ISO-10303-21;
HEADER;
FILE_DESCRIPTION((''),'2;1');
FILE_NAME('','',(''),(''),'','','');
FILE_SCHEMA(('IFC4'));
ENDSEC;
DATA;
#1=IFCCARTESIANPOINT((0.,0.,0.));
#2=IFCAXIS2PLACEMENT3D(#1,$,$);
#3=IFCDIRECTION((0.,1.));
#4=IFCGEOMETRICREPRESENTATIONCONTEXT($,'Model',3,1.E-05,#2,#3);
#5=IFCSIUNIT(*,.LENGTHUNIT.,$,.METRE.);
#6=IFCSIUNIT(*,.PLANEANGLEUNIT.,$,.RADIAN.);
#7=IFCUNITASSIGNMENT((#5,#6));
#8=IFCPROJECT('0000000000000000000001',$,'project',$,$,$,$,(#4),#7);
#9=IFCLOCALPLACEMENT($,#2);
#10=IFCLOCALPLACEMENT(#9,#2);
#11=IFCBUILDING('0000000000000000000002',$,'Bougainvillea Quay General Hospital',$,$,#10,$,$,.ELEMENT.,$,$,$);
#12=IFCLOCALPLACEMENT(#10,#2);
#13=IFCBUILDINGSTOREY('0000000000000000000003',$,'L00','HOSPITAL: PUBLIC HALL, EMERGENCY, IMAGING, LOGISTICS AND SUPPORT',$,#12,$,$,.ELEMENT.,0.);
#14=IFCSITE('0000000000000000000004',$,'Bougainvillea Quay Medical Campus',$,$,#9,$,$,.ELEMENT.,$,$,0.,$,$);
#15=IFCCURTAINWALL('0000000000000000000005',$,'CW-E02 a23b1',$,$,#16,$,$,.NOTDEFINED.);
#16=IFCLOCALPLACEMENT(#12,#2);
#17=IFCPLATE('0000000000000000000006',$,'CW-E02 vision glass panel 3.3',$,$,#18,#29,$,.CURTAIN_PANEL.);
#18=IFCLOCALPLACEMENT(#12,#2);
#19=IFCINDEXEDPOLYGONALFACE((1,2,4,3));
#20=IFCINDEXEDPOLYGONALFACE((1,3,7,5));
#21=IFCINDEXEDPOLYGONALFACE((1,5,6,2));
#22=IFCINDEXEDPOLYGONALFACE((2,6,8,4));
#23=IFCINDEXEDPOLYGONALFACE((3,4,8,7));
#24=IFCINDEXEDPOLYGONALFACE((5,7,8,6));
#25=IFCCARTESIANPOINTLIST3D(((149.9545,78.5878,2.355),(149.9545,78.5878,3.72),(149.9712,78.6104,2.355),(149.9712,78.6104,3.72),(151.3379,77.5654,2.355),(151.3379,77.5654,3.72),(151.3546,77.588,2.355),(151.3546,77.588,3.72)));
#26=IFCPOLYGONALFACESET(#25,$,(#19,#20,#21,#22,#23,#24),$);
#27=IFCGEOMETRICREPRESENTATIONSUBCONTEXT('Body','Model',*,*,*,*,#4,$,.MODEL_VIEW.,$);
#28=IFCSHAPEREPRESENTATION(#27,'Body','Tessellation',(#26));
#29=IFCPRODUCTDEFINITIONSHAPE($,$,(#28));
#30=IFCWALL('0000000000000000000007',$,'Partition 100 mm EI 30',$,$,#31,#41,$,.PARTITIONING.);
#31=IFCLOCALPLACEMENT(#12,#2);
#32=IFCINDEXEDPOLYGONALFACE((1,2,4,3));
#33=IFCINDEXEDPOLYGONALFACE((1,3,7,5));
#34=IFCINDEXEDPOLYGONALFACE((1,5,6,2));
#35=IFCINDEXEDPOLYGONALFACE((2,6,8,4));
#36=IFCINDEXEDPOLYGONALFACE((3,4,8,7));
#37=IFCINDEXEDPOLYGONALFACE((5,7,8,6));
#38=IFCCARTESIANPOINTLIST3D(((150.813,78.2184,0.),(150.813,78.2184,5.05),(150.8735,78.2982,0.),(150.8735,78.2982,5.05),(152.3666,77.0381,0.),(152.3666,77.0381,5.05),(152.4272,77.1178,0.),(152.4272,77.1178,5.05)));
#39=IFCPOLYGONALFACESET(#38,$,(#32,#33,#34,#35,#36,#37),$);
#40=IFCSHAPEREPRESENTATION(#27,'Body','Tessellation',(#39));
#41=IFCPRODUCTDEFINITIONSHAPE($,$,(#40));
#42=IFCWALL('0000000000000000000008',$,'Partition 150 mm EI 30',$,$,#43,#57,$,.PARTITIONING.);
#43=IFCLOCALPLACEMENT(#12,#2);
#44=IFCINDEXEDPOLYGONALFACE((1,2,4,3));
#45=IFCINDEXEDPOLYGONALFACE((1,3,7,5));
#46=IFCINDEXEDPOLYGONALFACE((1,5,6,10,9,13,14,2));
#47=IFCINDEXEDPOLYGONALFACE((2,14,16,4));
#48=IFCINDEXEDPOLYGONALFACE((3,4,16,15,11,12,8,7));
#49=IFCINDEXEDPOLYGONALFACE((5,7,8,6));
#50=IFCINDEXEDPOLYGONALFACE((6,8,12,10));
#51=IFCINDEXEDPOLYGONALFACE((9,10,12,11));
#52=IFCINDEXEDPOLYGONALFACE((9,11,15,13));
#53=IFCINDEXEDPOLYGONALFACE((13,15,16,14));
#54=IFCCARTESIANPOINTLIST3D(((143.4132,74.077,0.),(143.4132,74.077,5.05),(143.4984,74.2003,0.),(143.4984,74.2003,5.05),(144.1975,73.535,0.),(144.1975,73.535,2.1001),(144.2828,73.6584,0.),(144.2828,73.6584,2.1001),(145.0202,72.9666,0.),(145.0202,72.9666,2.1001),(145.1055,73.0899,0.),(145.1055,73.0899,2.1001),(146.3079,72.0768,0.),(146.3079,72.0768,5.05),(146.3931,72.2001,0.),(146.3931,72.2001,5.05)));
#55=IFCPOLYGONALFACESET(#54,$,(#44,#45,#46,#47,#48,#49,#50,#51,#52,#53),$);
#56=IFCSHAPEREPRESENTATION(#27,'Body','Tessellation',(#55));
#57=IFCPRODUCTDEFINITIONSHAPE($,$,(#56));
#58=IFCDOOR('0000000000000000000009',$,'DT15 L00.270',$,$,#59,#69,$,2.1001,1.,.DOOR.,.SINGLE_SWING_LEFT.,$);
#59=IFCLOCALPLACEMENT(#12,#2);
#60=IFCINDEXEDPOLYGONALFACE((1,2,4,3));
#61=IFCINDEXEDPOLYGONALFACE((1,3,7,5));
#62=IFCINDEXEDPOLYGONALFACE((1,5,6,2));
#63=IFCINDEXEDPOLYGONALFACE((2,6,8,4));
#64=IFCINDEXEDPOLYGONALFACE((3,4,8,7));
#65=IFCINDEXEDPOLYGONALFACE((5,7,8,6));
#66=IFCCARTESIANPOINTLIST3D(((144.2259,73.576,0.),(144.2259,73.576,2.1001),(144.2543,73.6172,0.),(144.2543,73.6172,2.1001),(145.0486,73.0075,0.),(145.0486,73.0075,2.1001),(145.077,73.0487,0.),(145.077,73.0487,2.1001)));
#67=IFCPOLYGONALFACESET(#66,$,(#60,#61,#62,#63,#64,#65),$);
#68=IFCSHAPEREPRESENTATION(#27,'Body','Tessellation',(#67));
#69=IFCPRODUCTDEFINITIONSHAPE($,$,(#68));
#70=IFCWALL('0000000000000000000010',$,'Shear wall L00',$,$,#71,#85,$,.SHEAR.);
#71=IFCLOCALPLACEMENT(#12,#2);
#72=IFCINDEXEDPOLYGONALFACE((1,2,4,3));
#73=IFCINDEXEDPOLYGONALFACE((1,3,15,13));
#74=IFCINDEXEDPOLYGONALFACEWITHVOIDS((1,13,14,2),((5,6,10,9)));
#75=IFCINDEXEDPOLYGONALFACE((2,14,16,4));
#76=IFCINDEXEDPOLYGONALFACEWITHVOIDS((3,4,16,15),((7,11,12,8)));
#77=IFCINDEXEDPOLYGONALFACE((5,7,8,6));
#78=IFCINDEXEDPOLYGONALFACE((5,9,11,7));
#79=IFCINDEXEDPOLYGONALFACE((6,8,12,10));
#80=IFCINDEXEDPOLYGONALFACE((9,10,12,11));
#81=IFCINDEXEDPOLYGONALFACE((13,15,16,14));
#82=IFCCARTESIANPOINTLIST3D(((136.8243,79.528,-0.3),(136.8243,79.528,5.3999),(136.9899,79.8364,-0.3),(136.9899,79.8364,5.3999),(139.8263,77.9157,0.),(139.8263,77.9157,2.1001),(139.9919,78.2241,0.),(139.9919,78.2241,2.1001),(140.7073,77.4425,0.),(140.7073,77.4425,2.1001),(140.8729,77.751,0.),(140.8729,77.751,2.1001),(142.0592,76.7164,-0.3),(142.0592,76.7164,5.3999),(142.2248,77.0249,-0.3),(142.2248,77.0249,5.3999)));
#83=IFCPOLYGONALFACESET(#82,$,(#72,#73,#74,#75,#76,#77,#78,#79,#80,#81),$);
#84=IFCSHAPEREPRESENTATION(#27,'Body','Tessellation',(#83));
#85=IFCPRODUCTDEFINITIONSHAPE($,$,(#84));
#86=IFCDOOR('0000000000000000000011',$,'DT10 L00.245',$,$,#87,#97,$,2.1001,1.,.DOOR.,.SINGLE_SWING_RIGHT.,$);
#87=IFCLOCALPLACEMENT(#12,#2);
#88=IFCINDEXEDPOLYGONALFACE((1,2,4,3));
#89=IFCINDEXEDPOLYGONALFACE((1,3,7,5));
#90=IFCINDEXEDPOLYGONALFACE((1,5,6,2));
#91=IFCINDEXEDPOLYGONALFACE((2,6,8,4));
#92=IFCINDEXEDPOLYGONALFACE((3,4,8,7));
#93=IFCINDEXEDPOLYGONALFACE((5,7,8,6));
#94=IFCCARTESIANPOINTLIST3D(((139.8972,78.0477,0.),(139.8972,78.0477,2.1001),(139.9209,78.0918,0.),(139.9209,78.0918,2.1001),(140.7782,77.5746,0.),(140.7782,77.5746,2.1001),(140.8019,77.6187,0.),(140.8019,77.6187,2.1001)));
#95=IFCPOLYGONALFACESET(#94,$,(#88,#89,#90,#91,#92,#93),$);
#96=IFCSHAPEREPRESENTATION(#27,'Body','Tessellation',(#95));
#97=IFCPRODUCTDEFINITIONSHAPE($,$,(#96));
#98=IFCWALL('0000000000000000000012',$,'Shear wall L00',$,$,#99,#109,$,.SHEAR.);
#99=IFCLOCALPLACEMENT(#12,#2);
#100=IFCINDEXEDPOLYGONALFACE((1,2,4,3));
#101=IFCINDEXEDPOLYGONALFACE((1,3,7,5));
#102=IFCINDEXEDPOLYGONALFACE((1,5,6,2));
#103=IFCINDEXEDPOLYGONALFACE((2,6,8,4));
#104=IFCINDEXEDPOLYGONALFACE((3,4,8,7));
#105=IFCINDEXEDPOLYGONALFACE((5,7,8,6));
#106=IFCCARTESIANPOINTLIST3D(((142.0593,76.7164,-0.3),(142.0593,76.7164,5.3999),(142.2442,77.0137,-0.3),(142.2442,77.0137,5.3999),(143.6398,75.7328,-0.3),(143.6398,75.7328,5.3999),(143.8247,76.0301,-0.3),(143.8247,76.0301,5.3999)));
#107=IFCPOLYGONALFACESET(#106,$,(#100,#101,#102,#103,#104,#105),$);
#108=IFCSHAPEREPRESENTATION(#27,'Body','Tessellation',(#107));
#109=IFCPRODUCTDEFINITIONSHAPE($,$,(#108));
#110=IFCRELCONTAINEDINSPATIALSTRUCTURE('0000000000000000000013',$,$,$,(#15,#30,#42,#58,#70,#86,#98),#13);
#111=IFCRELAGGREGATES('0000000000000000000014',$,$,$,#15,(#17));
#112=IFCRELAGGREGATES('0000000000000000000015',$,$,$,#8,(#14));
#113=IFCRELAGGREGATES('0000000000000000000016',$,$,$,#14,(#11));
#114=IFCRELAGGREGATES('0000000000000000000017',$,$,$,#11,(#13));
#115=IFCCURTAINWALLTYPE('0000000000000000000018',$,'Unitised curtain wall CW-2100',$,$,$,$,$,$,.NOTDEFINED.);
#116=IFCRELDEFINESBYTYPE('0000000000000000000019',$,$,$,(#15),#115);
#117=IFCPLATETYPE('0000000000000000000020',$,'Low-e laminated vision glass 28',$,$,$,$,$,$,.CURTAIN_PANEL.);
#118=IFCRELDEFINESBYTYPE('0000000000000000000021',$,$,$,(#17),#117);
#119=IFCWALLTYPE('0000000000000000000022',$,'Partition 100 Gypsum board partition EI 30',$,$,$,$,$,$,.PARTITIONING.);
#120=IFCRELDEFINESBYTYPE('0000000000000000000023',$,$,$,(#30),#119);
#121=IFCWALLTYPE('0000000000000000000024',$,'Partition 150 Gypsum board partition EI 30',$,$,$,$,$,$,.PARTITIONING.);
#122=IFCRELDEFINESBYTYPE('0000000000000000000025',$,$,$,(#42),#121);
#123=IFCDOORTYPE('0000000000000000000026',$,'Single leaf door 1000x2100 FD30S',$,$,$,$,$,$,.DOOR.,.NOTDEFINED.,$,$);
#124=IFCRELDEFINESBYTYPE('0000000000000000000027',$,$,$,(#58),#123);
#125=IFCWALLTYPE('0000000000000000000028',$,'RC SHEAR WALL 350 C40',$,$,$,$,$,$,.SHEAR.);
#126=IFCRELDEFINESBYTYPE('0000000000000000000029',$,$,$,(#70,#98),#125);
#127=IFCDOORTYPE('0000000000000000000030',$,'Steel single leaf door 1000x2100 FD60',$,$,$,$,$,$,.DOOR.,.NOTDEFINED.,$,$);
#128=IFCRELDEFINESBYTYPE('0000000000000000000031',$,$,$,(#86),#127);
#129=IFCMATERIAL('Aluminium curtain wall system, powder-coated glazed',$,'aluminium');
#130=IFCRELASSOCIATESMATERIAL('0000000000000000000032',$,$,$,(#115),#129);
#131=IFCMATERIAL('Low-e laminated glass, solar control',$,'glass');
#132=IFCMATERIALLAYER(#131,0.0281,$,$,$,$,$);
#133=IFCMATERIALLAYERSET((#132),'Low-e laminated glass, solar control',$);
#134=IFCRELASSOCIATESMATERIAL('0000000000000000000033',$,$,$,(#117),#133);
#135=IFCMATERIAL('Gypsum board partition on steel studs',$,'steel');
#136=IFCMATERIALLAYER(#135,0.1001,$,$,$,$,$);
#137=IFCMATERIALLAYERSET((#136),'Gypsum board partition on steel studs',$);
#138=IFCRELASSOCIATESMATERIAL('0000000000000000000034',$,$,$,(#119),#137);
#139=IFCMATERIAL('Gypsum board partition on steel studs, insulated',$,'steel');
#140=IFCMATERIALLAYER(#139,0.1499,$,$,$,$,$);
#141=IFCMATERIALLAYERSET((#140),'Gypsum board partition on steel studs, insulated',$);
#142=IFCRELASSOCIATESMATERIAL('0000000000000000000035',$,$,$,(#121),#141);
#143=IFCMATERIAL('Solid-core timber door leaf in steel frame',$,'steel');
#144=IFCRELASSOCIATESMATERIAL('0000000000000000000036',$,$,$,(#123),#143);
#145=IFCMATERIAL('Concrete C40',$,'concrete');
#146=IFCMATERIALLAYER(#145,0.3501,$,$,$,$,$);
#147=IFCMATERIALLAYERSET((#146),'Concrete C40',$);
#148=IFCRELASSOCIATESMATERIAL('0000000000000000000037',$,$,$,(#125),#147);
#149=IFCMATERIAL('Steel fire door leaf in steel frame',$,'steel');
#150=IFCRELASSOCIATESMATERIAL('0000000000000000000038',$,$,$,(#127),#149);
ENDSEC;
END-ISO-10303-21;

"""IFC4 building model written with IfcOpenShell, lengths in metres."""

from ifc_helpers import new_model, si_unit, direction, frame, frame_2d, origin, origin_2d, place, context, subcontext, project, spatial, rectangle, extrude, material, layer, layer_set, type_object, element, fill, aggregate, save


model = new_model("IFC4")

# Units and contexts
model_context = context("Model", 3, precision=1e-05, world=origin(), true_north=direction((0.0, 1.0)))
body_context = subcontext(model_context, "Body", "Model", "MODEL_VIEW")
ifc_project = project(units=[si_unit("LENGTHUNIT", "METRE"), si_unit("PLANEANGLEUNIT", "RADIAN")], contexts=[model_context])

# Site, building, storey
site_placement = place(None, origin())
site = spatial("IfcSite", under=ifc_project, at=site_placement, Name="Bougainvillea Quay Medical Campus", CompositionType="ELEMENT", RefElevation=0.0)
building_placement = place(site_placement, origin())
building = spatial("IfcBuilding", under=site, at=building_placement, Name="Bougainvillea Quay General Hospital", CompositionType="ELEMENT")
storey_placement = place(building_placement, origin())
storey = spatial("IfcBuildingStorey", under=building, at=storey_placement, Name="L00", Description="HOSPITAL: PUBLIC HALL, EMERGENCY, IMAGING, LOGISTICS AND SUPPORT", CompositionType="ELEMENT", Elevation=0.0)

# Shared definitions
ifc_material_1 = material(Name="Concrete C40", Category="concrete")

# Curtain wall, plate
ifc_material_2 = material(Name="Aluminium curtain wall system, powder-coated glazed", Category="aluminium")
curtain_wall_type = type_object("IfcCurtainWallType", Name="Unitised curtain wall CW-2100", PredefinedType="NOTDEFINED", material=ifc_material_2)
curtain_wall_placement = place(storey_placement, origin())
curtain_wall = element("IfcCurtainWall", 1, at=curtain_wall_placement, inside=storey, type_object=curtain_wall_type, Name="CW-E02 a23b1", PredefinedType="NOTDEFINED")
ifc_material_3 = material(Name="Low-e laminated glass, solar control", Category="glass")
ifc_layer_1 = layer(ifc_material_3, 0.0281)
ifc_layer_set_1 = layer_set([ifc_layer_1], Name="Low-e laminated glass, solar control")
plate_type_1 = type_object("IfcPlateType", Name="Low-e laminated vision glass 28", PredefinedType="CURTAIN_PANEL", material=ifc_layer_set_1)
plate_1_placement = place(storey_placement, frame((150.6545, 78.0879, 2.355), z_axis=(0.0, 0.0, 1.0), x_axis=(0.804189, -0.594374, 0.0)))
plate_1 = element("IfcPlate", 2, at=plate_1_placement, type_object=plate_type_1, Name="CW-E02 vision glass panel 3.3", PredefinedType="CURTAIN_PANEL", context=body_context, shape_type="SweptSolid", body=[
    extrude(rectangle(XDim=1.7202, YDim=0.0281, at=origin_2d()), origin(), (0.0, 0.0, 1.0), 1.365),
])
aggregate(curtain_wall, [plate_1])

# Wall
ifc_material_4 = material(Name="Gypsum board partition on steel studs", Category="steel")
ifc_layer_2 = layer(ifc_material_4, 0.1001)
ifc_layer_set_2 = layer_set([ifc_layer_2], Name="Gypsum board partition on steel studs")
wall_type_1 = type_object("IfcWallType", Name="Partition 100 Gypsum board partition EI 30", PredefinedType="PARTITIONING", material=ifc_layer_set_2)
wall_1_placement = place(storey_placement, frame((150.8433, 78.2583, 0.0), z_axis=(0.0, 0.0, 1.0), x_axis=(0.796261, -0.604953, 0.0)))
element("IfcWall", 3, at=wall_1_placement, inside=storey, type_object=wall_type_1, Name="Partition 100 mm EI 30", PredefinedType="PARTITIONING", context=body_context, shape_type="SweptSolid", body=[
    extrude(rectangle(XDim=1.9512, YDim=0.1001, at=frame_2d((0.9756, 0.0))), origin(), (0.0, 0.0, 1.0), 5.05),
])

# Walls, openings, doors
ifc_material_5 = material(Name="Gypsum board partition on steel studs, insulated", Category="steel")
ifc_layer_3 = layer(ifc_material_5, 0.1499)
ifc_layer_set_3 = layer_set([ifc_layer_3], Name="Gypsum board partition on steel studs, insulated")
wall_type_2 = type_object("IfcWallType", Name="Partition 150 Gypsum board partition EI 30", PredefinedType="PARTITIONING", material=ifc_layer_set_3)
wall_2_placement = place(storey_placement, frame((143.4558, 74.1387, 0.0), z_axis=(0.0, 0.0, 1.0), x_axis=(0.822701, -0.568474, 0.0)))
wall_2 = element("IfcWall", 4, at=wall_2_placement, inside=storey, type_object=wall_type_2, Name="Partition 150 mm EI 30", PredefinedType="PARTITIONING", context=body_context, shape_type="SweptSolid", body=[
    extrude(rectangle(XDim=3.5186, YDim=0.1499, at=frame_2d((1.7593, 0.0))), origin(), (0.0, 0.0, 1.0), 5.05),
])
opening_1_placement = place(wall_2_placement, frame((0.9534, 0.0, 0.0)))
opening_1 = element("IfcOpeningElement", 5, at=opening_1_placement, cuts=wall_2, PredefinedType="OPENING", context=body_context, shape_type="SweptSolid", body=[
    extrude(rectangle(XDim=1.0, YDim=2.1001, at=frame_2d((0.5, 1.05))), frame((0.0, 0.085, 0.0), z_axis=(0.0, -1.0, 0.0), x_axis=(1.0, 0.0, 0.0)), (0.0, 0.0, 1.0), 0.1699),
])
ifc_material_6 = material(Name="Solid-core timber door leaf in steel frame", Category="steel")
door_type_1 = type_object("IfcDoorType", Name="Single leaf door 1000x2100 FD30S", OperationType="NOTDEFINED", PredefinedType="DOOR", material=ifc_material_6)
door_1_placement = place(opening_1_placement, origin())
door_1 = element("IfcDoor", 6, at=door_1_placement, inside=storey, type_object=door_type_1, Name="DT15 L00.270", OperationType="SINGLE_SWING_LEFT", OverallHeight=2.1001, OverallWidth=1.0, PredefinedType="DOOR", context=body_context, shape_type="SweptSolid", body=[
    extrude(rectangle(XDim=1.0, YDim=2.1001, at=frame_2d((0.5, 1.05))), frame((0.0, 0.0249, 0.0), z_axis=(0.0, -1.0, 0.0), x_axis=(1.0, 0.0, 0.0)), (0.0, 0.0, 1.0), 0.05),
])
fill(opening_1, door_1)
ifc_layer_4 = layer(ifc_material_1, 0.3501)
ifc_layer_set_4 = layer_set([ifc_layer_4], Name="Concrete C40")
wall_type_3 = type_object("IfcWallType", Name="RC SHEAR WALL 350 C40", PredefinedType="SHEAR", material=ifc_layer_set_4)
wall_3_placement = place(storey_placement, frame((142.1421, 76.8706, -0.3), z_axis=(0.0, 0.0, 1.0), x_axis=(-0.88098, 0.473154, 0.0)))
wall_3 = element("IfcWall", 7, at=wall_3_placement, inside=storey, type_object=wall_type_3, Name="Shear wall L00", PredefinedType="SHEAR", context=body_context, shape_type="SweptSolid", body=[
    extrude(rectangle(XDim=5.9421, YDim=0.3501, at=frame_2d((2.9712, 0.0))), origin(), (0.0, 0.0, 1.0), 5.7),
])
opening_2_placement = place(wall_3_placement, frame((1.5347, 0.0, 0.3)))
opening_2 = element("IfcOpeningElement", 8, at=opening_2_placement, cuts=wall_3, PredefinedType="OPENING", context=body_context, shape_type="SweptSolid", body=[
    extrude(rectangle(XDim=1.0, YDim=2.1001, at=frame_2d((0.5, 1.05))), frame((0.0, 0.1851, 0.0), z_axis=(0.0, -1.0, 0.0), x_axis=(1.0, 0.0, 0.0)), (0.0, 0.0, 1.0), 0.3701),
])
ifc_material_7 = material(Name="Steel fire door leaf in steel frame", Category="steel")
door_type_2 = type_object("IfcDoorType", Name="Steel single leaf door 1000x2100 FD60", OperationType="NOTDEFINED", PredefinedType="DOOR", material=ifc_material_7)
door_2_placement = place(opening_2_placement, frame((1.0, 0.0, 0.0), z_axis=(0.0, 0.0, 1.0), x_axis=(-1.0, 0.0, 0.0)))
door_2 = element("IfcDoor", 9, at=door_2_placement, inside=storey, type_object=door_type_2, Name="DT10 L00.245", OperationType="SINGLE_SWING_RIGHT", OverallHeight=2.1001, OverallWidth=1.0, PredefinedType="DOOR", context=body_context, shape_type="SweptSolid", body=[
    extrude(rectangle(XDim=1.0, YDim=2.1001, at=frame_2d((0.5, 1.05))), frame((0.0, 0.0249, 0.0), z_axis=(0.0, -1.0, 0.0), x_axis=(1.0, 0.0, 0.0)), (0.0, 0.0, 1.0), 0.05),
])
fill(opening_2, door_2)

# Wall
wall_4_placement = place(storey_placement, frame((142.1519, 76.865, -0.3), z_axis=(0.0, 0.0, 1.0), x_axis=(0.849013, -0.528371, 0.0)))
element("IfcWall", 10, at=wall_4_placement, inside=storey, type_object=wall_type_3, Name="Shear wall L00", PredefinedType="SHEAR", context=body_context, shape_type="SweptSolid", body=[
    extrude(rectangle(XDim=1.8616, YDim=0.3501, at=frame_2d((0.9307, 0.0))), origin(), (0.0, 0.0, 1.0), 5.7),
])

save(model, "model.ifc")
